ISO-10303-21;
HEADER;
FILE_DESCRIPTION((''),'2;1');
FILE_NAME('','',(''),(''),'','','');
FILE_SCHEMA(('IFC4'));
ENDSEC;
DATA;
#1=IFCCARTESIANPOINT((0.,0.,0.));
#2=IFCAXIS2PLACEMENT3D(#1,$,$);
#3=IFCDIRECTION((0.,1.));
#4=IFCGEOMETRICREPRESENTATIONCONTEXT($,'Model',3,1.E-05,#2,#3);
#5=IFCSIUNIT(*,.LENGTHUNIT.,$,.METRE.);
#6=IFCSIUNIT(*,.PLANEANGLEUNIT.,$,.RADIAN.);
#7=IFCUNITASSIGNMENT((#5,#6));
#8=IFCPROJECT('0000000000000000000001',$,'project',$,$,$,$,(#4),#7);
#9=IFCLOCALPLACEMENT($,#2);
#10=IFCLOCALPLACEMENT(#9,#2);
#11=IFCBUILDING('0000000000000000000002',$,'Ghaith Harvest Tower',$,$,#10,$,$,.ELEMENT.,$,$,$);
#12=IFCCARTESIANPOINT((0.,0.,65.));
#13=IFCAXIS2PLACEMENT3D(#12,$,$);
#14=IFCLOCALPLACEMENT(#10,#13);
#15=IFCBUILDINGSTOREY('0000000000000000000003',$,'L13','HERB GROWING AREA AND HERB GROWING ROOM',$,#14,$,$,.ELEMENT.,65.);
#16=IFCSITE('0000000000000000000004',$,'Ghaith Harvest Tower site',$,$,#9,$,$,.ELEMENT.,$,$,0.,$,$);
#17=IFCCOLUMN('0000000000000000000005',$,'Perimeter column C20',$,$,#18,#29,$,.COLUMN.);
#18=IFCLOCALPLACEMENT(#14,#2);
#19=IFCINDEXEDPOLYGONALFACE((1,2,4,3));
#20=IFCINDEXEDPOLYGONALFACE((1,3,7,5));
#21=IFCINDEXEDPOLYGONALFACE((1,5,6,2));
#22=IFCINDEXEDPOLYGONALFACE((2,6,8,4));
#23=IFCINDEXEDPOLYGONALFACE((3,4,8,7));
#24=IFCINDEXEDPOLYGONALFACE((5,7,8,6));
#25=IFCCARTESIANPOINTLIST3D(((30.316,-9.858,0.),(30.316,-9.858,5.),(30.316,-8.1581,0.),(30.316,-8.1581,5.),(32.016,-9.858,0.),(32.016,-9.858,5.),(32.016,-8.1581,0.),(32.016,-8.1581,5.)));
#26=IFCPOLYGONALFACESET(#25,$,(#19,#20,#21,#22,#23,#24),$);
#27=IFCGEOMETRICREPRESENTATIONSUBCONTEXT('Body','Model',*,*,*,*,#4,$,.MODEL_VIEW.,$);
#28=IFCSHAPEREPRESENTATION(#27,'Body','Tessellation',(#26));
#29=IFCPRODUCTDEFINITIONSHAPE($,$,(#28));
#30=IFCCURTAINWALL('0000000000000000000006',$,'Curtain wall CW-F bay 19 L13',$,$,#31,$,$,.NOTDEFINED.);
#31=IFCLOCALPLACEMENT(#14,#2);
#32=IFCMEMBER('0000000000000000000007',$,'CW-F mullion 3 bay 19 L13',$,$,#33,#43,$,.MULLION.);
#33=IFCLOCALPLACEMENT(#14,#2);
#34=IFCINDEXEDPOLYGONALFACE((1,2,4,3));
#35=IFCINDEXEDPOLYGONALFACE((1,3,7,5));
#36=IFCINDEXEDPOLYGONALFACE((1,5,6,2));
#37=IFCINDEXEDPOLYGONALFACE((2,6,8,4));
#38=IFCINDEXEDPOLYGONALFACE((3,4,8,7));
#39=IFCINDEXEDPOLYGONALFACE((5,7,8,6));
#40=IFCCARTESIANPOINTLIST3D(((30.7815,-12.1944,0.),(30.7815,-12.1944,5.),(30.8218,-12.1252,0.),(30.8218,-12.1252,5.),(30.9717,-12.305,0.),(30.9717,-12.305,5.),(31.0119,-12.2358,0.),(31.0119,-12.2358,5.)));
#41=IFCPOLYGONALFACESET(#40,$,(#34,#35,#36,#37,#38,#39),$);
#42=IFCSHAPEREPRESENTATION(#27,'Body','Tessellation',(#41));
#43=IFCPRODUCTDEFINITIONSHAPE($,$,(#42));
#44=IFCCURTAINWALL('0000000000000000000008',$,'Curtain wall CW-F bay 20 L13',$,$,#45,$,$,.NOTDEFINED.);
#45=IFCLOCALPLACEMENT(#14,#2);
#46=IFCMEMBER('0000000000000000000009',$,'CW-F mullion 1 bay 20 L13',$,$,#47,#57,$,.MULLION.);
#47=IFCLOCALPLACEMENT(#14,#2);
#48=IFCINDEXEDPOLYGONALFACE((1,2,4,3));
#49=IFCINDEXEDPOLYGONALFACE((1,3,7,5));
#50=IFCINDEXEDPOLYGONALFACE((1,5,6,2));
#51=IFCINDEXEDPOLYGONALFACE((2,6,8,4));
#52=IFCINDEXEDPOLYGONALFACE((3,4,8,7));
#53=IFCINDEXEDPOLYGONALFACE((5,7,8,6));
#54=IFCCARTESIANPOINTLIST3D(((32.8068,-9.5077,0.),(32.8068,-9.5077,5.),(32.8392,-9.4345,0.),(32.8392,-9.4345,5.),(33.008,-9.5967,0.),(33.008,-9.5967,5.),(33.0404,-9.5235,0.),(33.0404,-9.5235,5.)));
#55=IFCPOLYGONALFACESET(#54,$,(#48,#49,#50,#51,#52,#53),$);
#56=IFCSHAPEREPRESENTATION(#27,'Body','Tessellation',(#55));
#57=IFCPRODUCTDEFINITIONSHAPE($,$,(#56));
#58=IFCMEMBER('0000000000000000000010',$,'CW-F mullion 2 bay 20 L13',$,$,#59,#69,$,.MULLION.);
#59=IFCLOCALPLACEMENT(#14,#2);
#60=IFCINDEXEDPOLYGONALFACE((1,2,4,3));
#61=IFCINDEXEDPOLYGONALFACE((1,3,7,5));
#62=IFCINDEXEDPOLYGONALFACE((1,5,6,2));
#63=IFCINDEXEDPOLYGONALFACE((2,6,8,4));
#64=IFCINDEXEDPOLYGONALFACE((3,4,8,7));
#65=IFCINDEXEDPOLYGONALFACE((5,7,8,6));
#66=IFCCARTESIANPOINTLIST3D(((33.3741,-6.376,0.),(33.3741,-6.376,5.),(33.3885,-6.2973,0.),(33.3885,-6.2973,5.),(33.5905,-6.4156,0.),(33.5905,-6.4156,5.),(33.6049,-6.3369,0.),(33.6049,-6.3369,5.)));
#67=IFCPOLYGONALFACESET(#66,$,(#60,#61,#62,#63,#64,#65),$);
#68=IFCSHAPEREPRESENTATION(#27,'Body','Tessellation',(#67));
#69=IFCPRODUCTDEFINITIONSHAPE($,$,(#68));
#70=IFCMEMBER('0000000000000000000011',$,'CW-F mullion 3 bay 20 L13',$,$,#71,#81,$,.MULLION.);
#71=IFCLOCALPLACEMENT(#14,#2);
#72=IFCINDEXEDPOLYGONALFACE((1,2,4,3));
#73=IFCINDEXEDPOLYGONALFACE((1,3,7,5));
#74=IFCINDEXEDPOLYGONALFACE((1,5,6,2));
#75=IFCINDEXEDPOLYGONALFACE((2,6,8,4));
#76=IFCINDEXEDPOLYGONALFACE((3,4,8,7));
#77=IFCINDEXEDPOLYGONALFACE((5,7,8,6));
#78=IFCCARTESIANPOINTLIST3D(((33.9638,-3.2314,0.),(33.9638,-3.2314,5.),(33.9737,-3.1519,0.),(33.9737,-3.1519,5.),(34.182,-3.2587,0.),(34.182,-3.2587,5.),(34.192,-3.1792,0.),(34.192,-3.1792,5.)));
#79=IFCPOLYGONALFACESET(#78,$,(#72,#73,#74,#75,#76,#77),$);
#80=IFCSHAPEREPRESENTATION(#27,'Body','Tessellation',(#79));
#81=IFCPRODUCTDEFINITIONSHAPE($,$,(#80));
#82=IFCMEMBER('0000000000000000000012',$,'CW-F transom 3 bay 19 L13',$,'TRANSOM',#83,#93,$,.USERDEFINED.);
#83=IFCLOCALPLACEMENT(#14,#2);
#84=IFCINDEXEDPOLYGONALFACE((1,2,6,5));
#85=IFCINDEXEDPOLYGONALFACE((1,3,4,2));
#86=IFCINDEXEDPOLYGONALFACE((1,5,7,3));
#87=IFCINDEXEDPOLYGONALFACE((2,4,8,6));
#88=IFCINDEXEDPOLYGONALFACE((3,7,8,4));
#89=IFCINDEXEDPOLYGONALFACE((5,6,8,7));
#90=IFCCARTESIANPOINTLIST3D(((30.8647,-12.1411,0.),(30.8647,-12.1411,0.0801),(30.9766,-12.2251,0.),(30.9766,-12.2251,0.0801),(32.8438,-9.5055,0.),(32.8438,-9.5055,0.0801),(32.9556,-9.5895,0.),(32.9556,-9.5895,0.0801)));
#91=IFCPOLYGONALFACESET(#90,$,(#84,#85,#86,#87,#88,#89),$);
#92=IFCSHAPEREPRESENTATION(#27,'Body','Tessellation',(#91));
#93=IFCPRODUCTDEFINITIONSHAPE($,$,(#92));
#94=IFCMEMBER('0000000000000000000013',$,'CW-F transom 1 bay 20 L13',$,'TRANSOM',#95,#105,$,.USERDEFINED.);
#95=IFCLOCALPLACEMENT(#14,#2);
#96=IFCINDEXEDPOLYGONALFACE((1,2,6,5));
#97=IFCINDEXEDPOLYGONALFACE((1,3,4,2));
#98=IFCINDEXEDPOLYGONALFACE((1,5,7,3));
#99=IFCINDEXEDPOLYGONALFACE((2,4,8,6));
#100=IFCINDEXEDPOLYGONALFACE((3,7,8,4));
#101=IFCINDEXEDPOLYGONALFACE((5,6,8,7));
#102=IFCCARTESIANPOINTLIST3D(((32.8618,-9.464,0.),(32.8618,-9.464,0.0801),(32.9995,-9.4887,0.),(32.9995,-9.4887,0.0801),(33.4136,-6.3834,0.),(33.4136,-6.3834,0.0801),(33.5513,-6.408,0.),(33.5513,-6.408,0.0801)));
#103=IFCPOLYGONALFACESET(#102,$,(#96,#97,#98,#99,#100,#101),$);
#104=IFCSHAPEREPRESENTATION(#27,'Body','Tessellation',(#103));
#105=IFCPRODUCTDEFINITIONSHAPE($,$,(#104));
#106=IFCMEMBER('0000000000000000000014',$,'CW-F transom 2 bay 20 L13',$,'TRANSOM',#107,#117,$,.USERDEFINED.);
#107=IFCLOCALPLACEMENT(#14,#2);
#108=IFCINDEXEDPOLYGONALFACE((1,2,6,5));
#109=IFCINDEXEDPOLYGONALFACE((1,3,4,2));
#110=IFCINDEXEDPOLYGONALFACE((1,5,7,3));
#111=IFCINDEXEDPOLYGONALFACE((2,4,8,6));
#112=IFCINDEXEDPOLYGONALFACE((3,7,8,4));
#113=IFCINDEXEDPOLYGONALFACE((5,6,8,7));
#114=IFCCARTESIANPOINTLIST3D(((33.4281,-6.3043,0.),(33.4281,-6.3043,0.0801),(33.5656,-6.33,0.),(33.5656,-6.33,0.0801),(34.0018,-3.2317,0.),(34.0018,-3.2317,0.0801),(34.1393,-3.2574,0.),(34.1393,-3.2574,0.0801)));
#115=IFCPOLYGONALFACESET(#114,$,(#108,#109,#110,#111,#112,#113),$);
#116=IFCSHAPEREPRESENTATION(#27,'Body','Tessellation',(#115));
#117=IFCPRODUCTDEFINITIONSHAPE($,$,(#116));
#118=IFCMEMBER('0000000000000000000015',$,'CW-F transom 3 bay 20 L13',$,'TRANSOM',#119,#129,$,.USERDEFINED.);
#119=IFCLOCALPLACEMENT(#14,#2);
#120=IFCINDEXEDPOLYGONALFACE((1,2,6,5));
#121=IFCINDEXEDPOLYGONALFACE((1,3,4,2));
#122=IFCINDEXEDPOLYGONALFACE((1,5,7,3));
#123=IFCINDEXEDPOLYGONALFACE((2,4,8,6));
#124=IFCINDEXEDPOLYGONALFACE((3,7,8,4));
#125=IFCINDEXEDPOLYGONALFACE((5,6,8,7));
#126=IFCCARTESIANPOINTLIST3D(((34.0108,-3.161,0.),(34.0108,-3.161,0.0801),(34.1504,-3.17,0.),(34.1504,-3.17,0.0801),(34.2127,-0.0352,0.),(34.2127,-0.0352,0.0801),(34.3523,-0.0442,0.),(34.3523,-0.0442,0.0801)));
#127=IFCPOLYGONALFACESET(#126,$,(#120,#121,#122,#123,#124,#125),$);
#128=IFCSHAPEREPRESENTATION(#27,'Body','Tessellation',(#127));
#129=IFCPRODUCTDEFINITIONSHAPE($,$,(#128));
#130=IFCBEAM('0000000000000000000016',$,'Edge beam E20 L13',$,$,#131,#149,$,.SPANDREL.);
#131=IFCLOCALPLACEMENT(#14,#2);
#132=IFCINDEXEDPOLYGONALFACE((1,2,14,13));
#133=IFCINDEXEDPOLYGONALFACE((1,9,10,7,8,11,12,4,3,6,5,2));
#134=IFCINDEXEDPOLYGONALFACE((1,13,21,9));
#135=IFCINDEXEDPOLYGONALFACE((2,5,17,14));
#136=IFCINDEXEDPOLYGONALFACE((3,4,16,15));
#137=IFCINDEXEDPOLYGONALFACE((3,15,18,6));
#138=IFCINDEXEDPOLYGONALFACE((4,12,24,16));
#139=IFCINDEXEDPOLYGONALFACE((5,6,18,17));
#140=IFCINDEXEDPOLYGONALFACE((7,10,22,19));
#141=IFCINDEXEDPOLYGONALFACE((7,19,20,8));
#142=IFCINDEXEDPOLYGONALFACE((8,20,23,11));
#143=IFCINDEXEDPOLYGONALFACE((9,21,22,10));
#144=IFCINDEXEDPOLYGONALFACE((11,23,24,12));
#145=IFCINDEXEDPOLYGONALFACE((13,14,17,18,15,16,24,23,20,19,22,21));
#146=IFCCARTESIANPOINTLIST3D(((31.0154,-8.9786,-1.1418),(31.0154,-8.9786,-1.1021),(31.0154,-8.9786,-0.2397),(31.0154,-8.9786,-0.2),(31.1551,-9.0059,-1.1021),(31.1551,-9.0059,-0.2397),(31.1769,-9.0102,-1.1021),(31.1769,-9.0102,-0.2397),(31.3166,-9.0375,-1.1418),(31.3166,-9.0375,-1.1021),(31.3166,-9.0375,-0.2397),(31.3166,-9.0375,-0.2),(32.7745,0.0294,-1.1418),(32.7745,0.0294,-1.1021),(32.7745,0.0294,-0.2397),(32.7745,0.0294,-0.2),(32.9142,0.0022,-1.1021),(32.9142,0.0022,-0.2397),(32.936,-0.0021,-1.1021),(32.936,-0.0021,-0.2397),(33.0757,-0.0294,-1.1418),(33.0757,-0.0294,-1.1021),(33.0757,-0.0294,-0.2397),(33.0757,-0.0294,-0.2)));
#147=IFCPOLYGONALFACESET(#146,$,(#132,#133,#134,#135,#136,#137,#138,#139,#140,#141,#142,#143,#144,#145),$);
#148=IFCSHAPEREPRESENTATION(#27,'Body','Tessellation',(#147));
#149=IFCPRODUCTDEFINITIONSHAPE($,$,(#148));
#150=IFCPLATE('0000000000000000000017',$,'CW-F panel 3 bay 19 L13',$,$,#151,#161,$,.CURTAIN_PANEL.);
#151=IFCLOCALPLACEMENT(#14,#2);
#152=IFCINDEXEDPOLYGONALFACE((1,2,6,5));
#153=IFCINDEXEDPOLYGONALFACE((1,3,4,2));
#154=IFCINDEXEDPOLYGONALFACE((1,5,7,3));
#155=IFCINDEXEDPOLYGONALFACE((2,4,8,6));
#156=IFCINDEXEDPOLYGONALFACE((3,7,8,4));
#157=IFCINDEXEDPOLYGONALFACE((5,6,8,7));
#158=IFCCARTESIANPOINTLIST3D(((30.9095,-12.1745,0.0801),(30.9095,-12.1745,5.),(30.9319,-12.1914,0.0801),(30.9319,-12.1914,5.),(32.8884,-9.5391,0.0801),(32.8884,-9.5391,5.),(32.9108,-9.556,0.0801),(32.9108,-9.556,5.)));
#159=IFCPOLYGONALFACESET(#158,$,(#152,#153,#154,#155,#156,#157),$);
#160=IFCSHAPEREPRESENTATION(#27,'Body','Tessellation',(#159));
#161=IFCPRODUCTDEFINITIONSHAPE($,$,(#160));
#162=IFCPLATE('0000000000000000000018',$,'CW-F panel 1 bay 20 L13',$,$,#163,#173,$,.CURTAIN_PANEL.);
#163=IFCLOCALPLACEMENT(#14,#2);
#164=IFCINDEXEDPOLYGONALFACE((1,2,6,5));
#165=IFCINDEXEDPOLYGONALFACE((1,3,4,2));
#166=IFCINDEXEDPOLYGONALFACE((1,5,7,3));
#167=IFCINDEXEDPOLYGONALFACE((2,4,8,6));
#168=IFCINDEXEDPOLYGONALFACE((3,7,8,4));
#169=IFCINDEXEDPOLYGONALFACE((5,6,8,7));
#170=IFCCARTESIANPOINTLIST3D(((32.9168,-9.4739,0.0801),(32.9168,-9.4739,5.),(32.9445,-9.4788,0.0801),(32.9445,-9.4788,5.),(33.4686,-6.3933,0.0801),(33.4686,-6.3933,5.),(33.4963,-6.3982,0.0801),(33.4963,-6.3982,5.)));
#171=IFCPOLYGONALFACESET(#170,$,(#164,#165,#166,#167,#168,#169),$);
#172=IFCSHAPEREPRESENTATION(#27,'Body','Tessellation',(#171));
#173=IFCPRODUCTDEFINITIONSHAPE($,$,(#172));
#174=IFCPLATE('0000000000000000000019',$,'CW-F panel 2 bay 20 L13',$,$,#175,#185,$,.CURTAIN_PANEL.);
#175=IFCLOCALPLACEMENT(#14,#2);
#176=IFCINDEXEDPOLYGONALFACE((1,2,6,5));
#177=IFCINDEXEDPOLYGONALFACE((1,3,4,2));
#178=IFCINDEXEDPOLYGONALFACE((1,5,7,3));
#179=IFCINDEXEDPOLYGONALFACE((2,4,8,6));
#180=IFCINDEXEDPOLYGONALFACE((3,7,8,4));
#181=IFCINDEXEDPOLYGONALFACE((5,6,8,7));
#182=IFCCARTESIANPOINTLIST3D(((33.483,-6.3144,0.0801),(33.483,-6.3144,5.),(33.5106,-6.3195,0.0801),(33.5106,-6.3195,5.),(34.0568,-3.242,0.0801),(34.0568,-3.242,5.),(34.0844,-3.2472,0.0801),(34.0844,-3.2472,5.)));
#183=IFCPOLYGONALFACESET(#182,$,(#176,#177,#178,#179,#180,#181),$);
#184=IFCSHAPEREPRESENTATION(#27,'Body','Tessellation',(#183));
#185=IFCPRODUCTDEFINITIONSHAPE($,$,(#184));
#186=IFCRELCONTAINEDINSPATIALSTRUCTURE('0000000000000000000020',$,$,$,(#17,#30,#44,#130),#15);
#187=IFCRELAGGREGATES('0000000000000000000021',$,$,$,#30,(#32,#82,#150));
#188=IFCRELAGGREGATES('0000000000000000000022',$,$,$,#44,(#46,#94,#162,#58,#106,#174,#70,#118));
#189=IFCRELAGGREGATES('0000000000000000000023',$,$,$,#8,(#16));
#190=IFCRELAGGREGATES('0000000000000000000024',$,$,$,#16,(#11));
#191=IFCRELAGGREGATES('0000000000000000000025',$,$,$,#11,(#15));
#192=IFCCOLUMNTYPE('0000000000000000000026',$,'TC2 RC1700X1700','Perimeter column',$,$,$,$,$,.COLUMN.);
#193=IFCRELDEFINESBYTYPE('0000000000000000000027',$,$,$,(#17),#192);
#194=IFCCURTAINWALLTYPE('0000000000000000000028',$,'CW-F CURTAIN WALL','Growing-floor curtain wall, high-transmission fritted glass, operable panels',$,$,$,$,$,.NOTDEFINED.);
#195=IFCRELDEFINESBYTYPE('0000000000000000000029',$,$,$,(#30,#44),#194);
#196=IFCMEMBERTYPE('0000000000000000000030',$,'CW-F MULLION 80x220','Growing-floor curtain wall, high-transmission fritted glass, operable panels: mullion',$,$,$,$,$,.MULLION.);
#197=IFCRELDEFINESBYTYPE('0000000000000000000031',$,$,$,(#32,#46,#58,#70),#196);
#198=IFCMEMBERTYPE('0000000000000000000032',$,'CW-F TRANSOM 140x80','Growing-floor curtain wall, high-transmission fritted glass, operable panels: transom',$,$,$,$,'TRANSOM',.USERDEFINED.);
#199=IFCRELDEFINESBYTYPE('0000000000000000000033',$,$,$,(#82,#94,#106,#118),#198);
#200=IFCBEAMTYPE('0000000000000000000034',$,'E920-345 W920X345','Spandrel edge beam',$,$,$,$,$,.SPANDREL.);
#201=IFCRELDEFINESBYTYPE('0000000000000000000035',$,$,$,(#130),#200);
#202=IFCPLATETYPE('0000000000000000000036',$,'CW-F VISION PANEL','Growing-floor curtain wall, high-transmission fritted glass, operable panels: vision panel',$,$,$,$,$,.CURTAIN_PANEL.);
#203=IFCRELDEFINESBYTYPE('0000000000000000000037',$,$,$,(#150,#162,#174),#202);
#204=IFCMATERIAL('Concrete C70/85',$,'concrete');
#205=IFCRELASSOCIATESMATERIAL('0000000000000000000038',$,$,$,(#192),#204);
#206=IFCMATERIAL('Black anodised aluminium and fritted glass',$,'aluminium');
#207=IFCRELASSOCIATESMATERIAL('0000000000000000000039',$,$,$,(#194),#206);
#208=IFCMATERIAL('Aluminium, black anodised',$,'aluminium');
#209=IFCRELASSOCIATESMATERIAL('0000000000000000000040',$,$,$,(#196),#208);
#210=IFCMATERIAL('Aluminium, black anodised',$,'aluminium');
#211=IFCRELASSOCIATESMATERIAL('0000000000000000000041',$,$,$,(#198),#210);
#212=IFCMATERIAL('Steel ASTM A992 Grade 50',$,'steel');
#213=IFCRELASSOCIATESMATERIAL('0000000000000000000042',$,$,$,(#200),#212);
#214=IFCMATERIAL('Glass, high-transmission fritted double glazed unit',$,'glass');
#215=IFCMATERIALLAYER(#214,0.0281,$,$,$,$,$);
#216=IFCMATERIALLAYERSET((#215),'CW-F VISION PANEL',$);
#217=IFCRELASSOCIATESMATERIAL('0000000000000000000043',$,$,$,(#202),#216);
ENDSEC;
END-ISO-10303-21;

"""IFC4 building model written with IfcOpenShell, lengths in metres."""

from ifc_helpers import new_model, si_unit, direction, frame, origin, origin_2d, place, context, subcontext, project, spatial, rectangle, i_section, extrude, material, layer, layer_set, material_profile, profile_set, type_object, element, aggregate, save


model = new_model("IFC4")

# Units and contexts
model_context = context("Model", 3, precision=1e-05, world=origin(), true_north=direction((0.0, 1.0)))
body_context = subcontext(model_context, "Body", "Model", "MODEL_VIEW")
ifc_project = project(units=[si_unit("LENGTHUNIT", "METRE"), si_unit("PLANEANGLEUNIT", "RADIAN")], contexts=[model_context])

# Site, building, storey
site_placement = place(None, origin())
site = spatial("IfcSite", under=ifc_project, at=site_placement, Name="Ghaith Harvest Tower site", CompositionType="ELEMENT", RefElevation=0.0)
building_placement = place(site_placement, origin())
building = spatial("IfcBuilding", under=site, at=building_placement, Name="Ghaith Harvest Tower", CompositionType="ELEMENT")
storey_placement = place(building_placement, frame((0.0, 0.0, 65.0)))
storey = spatial("IfcBuildingStorey", under=building, at=storey_placement, Name="L13", Description="HERB GROWING AREA AND HERB GROWING ROOM", CompositionType="ELEMENT", Elevation=65.0)

# Column
ifc_material_1 = material(Name="Concrete C70/85", Category="concrete")
ifc_material_profile_1 = material_profile(ifc_material_1, rectangle(XDim=1.7, YDim=1.7, at=origin_2d()), Name="RC1700X1700")
ifc_profile_set_1 = profile_set([ifc_material_profile_1], Name="Concrete C70/85")
column_type = type_object("IfcColumnType", Name="TC2 RC1700X1700", Description="Perimeter column", PredefinedType="COLUMN", material=ifc_profile_set_1)
column_placement = place(storey_placement, frame((31.166, -9.0081, 0.0), z_axis=(0.0, 0.0, 1.0), x_axis=(1.0, 0.0, 0.0)))
element("IfcColumn", 1, at=column_placement, inside=storey, type_object=column_type, Name="Perimeter column C20", PredefinedType="COLUMN", context=body_context, shape_type="SweptSolid", body=[
    extrude(rectangle(XDim=1.7, YDim=1.7, at=origin_2d()), origin(), (0.0, 0.0, 1.0), 5.0),
])

# Curtain wall, member
ifc_material_2 = material(Name="Black anodised aluminium and fritted glass", Category="aluminium")
curtain_wall_type = type_object("IfcCurtainWallType", Name="CW-F CURTAIN WALL", Description="Growing-floor curtain wall, high-transmission fritted glass, operable panels", PredefinedType="NOTDEFINED", material=ifc_material_2)
curtain_wall_1_placement = place(storey_placement, origin())
curtain_wall_1 = element("IfcCurtainWall", 2, at=curtain_wall_1_placement, inside=storey, type_object=curtain_wall_type, Name="Curtain wall CW-F bay 19 L13", PredefinedType="NOTDEFINED")
ifc_material_3 = material(Name="Aluminium, black anodised", Category="aluminium")
ifc_material_profile_2 = material_profile(ifc_material_3, rectangle(XDim=0.0801, YDim=0.22, at=origin_2d()), Name="CW-F MULLION 80x220")
ifc_profile_set_2 = profile_set([ifc_material_profile_2], Name="Aluminium, black anodised")
member_type_1 = type_object("IfcMemberType", Name="CW-F MULLION 80x220", Description="Growing-floor curtain wall, high-transmission fritted glass, operable panels: mullion", PredefinedType="MULLION", material=ifc_profile_set_2)
member_1_placement = place(storey_placement, frame((30.8967, -12.2151, 0.0), z_axis=(0.0, 0.0, 1.0), x_axis=(0.502795, 0.864406, 0.0)))
member_1 = element("IfcMember", 3, at=member_1_placement, type_object=member_type_1, Name="CW-F mullion 3 bay 19 L13", PredefinedType="MULLION", context=body_context, shape_type="SweptSolid", body=[
    extrude(rectangle(XDim=0.0801, YDim=0.22, at=origin_2d()), origin(), (0.0, 0.0, 1.0), 5.0),
])

# Curtain wall, members
curtain_wall_2_placement = place(storey_placement, origin())
curtain_wall_2 = element("IfcCurtainWall", 4, at=curtain_wall_2_placement, inside=storey, type_object=curtain_wall_type, Name="Curtain wall CW-F bay 20 L13", PredefinedType="NOTDEFINED")
member_2_placement = place(storey_placement, frame((32.9236, -9.5156, 0.0), z_axis=(0.0, 0.0, 1.0), x_axis=(0.404702, 0.914449, 0.0)))
member_2 = element("IfcMember", 5, at=member_2_placement, type_object=member_type_1, Name="CW-F mullion 1 bay 20 L13", PredefinedType="MULLION", context=body_context, shape_type="SweptSolid", body=[
    extrude(rectangle(XDim=0.0801, YDim=0.22, at=origin_2d()), origin(), (0.0, 0.0, 1.0), 5.0),
])
member_3_placement = place(storey_placement, frame((33.4895, -6.3564, 0.0), z_axis=(0.0, 0.0, 1.0), x_axis=(0.179943, 0.983677, 0.0)))
member_3 = element("IfcMember", 6, at=member_3_placement, type_object=member_type_1, Name="CW-F mullion 2 bay 20 L13", PredefinedType="MULLION", context=body_context, shape_type="SweptSolid", body=[
    extrude(rectangle(XDim=0.0801, YDim=0.22, at=origin_2d()), origin(), (0.0, 0.0, 1.0), 5.0),
])
member_4_placement = place(storey_placement, frame((34.0779, -3.2053, 0.0), z_axis=(0.0, 0.0, 1.0), x_axis=(0.12417, 0.992261, 0.0)))
member_4 = element("IfcMember", 7, at=member_4_placement, type_object=member_type_1, Name="CW-F mullion 3 bay 20 L13", PredefinedType="MULLION", context=body_context, shape_type="SweptSolid", body=[
    extrude(rectangle(XDim=0.0801, YDim=0.22, at=origin_2d()), origin(), (0.0, 0.0, 1.0), 5.0),
])

# Members
ifc_material_4 = material(Name="Aluminium, black anodised", Category="aluminium")
ifc_material_profile_3 = material_profile(ifc_material_4, rectangle(XDim=0.1399, YDim=0.0801, at=origin_2d()), Name="CW-F TRANSOM 140x80")
ifc_profile_set_3 = profile_set([ifc_material_profile_3], Name="Aluminium, black anodised")
member_type_2 = type_object("IfcMemberType", Name="CW-F TRANSOM 140x80", Description="Growing-floor curtain wall, high-transmission fritted glass, operable panels: transom", ElementType="TRANSOM", PredefinedType="USERDEFINED", material=ifc_profile_set_3)
member_5_placement = place(storey_placement, frame((30.9207, -12.1831, 0.04), z_axis=(0.600462, 0.799653, 0.0), x_axis=(-0.799653, 0.600462, 0.0)))
member_5 = element("IfcMember", 8, at=member_5_placement, type_object=member_type_2, Name="CW-F transom 3 bay 19 L13", ObjectType="TRANSOM", PredefinedType="USERDEFINED", context=body_context, shape_type="SweptSolid", body=[
    extrude(rectangle(XDim=0.1399, YDim=0.0801, at=origin_2d()), origin(), (0.0, 0.0, 1.0), 3.2959),
])
member_6_placement = place(storey_placement, frame((32.9307, -9.4763, 0.04), z_axis=(0.176304, 0.984336, 0.0), x_axis=(-0.984336, 0.176304, 0.0)))
member_6 = element("IfcMember", 9, at=member_6_placement, type_object=member_type_2, Name="CW-F transom 1 bay 20 L13", ObjectType="TRANSOM", PredefinedType="USERDEFINED", context=body_context, shape_type="SweptSolid", body=[
    extrude(rectangle(XDim=0.1399, YDim=0.0801, at=origin_2d()), origin(), (0.0, 0.0, 1.0), 3.1296),
])
member_7_placement = place(storey_placement, frame((33.4968, -6.3171, 0.04), z_axis=(0.183557, 0.983009, 0.0), x_axis=(-0.983009, 0.183557, 0.0)))
member_7 = element("IfcMember", 10, at=member_7_placement, type_object=member_type_2, Name="CW-F transom 2 bay 20 L13", ObjectType="TRANSOM", PredefinedType="USERDEFINED", context=body_context, shape_type="SweptSolid", body=[
    extrude(rectangle(XDim=0.1399, YDim=0.0801, at=origin_2d()), origin(), (0.0, 0.0, 1.0), 3.1257),
])
member_8_placement = place(storey_placement, frame((34.0806, -3.1655, 0.04), z_axis=(0.06446, 0.99792, 0.0), x_axis=(-0.99792, 0.06446, 0.0)))
member_8 = element("IfcMember", 11, at=member_8_placement, type_object=member_type_2, Name="CW-F transom 3 bay 20 L13", ObjectType="TRANSOM", PredefinedType="USERDEFINED", context=body_context, shape_type="SweptSolid", body=[
    extrude(rectangle(XDim=0.1399, YDim=0.0801, at=origin_2d()), origin(), (0.0, 0.0, 1.0), 3.1323),
])

# Beam
ifc_material_5 = material(Name="Steel ASTM A992 Grade 50", Category="steel")
ifc_material_profile_4 = material_profile(ifc_material_5, i_section(OverallWidth=0.3069, OverallDepth=0.9419, WebThickness=0.0222, FlangeThickness=0.0398, at=origin_2d()), Name="W920X345")
ifc_profile_set_4 = profile_set([ifc_material_profile_4], Name="Steel ASTM A992 Grade 50")
beam_type = type_object("IfcBeamType", Name="E920-345 W920X345", Description="Spandrel edge beam", PredefinedType="SPANDREL", material=ifc_profile_set_4)
beam_placement = place(storey_placement, frame((31.166, -9.0081, -0.6709), z_axis=(0.191653, 0.981463, 0.0), x_axis=(-0.981463, 0.191653, 0.0)))
element("IfcBeam", 12, at=beam_placement, inside=storey, type_object=beam_type, Name="Edge beam E20 L13", PredefinedType="SPANDREL", context=body_context, shape_type="SweptSolid", body=[
    extrude(i_section(OverallWidth=0.3069, OverallDepth=0.9419, WebThickness=0.0222, FlangeThickness=0.0398, at=origin_2d()), origin(), (0.0, 0.0, 1.0), 9.1782),
])

# Plates
ifc_material_6 = material(Name="Glass, high-transmission fritted double glazed unit", Category="glass")
ifc_layer_1 = layer(ifc_material_6, 0.0281)
ifc_layer_set_1 = layer_set([ifc_layer_1], Name="CW-F VISION PANEL")
plate_type = type_object("IfcPlateType", Name="CW-F VISION PANEL", Description="Growing-floor curtain wall, high-transmission fritted glass, operable panels: vision panel", PredefinedType="CURTAIN_PANEL", material=ifc_layer_set_1)
plate_1_placement = place(storey_placement, frame((31.9102, -10.8652, 0.0801), z_axis=(0.0, 0.0, 1.0), x_axis=(0.600454, 0.799659, 0.0)))
plate_1 = element("IfcPlate", 13, at=plate_1_placement, type_object=plate_type, Name="CW-F panel 3 bay 19 L13", PredefinedType="CURTAIN_PANEL", context=body_context, shape_type="SweptSolid", body=[
    extrude(rectangle(XDim=3.2957, YDim=0.0281, at=origin_2d()), origin(), (0.0, 0.0, 1.0), 4.9199),
])
aggregate(curtain_wall_1, [member_1, member_5, plate_1])
plate_2_placement = place(storey_placement, frame((33.2065, -7.936, 0.0801), z_axis=(0.0, 0.0, 1.0), x_axis=(0.17632, 0.984333, 0.0)))
plate_2 = element("IfcPlate", 14, at=plate_2_placement, type_object=plate_type, Name="CW-F panel 1 bay 20 L13", PredefinedType="CURTAIN_PANEL", context=body_context, shape_type="SweptSolid", body=[
    extrude(rectangle(XDim=3.1296, YDim=0.0281, at=origin_2d()), origin(), (0.0, 0.0, 1.0), 4.9199),
])
plate_3_placement = place(storey_placement, frame((33.7837, -4.7808, 0.0801), z_axis=(0.0, 0.0, 1.0), x_axis=(0.183569, 0.983007, 0.0)))
plate_3 = element("IfcPlate", 15, at=plate_3_placement, type_object=plate_type, Name="CW-F panel 2 bay 20 L13", PredefinedType="CURTAIN_PANEL", context=body_context, shape_type="SweptSolid", body=[
    extrude(rectangle(XDim=3.1255, YDim=0.0281, at=origin_2d()), origin(), (0.0, 0.0, 1.0), 4.9199),
])
aggregate(curtain_wall_2, [member_2, member_6, plate_2, member_3, member_7, plate_3, member_4, member_8])

save(model, "model.ifc")
